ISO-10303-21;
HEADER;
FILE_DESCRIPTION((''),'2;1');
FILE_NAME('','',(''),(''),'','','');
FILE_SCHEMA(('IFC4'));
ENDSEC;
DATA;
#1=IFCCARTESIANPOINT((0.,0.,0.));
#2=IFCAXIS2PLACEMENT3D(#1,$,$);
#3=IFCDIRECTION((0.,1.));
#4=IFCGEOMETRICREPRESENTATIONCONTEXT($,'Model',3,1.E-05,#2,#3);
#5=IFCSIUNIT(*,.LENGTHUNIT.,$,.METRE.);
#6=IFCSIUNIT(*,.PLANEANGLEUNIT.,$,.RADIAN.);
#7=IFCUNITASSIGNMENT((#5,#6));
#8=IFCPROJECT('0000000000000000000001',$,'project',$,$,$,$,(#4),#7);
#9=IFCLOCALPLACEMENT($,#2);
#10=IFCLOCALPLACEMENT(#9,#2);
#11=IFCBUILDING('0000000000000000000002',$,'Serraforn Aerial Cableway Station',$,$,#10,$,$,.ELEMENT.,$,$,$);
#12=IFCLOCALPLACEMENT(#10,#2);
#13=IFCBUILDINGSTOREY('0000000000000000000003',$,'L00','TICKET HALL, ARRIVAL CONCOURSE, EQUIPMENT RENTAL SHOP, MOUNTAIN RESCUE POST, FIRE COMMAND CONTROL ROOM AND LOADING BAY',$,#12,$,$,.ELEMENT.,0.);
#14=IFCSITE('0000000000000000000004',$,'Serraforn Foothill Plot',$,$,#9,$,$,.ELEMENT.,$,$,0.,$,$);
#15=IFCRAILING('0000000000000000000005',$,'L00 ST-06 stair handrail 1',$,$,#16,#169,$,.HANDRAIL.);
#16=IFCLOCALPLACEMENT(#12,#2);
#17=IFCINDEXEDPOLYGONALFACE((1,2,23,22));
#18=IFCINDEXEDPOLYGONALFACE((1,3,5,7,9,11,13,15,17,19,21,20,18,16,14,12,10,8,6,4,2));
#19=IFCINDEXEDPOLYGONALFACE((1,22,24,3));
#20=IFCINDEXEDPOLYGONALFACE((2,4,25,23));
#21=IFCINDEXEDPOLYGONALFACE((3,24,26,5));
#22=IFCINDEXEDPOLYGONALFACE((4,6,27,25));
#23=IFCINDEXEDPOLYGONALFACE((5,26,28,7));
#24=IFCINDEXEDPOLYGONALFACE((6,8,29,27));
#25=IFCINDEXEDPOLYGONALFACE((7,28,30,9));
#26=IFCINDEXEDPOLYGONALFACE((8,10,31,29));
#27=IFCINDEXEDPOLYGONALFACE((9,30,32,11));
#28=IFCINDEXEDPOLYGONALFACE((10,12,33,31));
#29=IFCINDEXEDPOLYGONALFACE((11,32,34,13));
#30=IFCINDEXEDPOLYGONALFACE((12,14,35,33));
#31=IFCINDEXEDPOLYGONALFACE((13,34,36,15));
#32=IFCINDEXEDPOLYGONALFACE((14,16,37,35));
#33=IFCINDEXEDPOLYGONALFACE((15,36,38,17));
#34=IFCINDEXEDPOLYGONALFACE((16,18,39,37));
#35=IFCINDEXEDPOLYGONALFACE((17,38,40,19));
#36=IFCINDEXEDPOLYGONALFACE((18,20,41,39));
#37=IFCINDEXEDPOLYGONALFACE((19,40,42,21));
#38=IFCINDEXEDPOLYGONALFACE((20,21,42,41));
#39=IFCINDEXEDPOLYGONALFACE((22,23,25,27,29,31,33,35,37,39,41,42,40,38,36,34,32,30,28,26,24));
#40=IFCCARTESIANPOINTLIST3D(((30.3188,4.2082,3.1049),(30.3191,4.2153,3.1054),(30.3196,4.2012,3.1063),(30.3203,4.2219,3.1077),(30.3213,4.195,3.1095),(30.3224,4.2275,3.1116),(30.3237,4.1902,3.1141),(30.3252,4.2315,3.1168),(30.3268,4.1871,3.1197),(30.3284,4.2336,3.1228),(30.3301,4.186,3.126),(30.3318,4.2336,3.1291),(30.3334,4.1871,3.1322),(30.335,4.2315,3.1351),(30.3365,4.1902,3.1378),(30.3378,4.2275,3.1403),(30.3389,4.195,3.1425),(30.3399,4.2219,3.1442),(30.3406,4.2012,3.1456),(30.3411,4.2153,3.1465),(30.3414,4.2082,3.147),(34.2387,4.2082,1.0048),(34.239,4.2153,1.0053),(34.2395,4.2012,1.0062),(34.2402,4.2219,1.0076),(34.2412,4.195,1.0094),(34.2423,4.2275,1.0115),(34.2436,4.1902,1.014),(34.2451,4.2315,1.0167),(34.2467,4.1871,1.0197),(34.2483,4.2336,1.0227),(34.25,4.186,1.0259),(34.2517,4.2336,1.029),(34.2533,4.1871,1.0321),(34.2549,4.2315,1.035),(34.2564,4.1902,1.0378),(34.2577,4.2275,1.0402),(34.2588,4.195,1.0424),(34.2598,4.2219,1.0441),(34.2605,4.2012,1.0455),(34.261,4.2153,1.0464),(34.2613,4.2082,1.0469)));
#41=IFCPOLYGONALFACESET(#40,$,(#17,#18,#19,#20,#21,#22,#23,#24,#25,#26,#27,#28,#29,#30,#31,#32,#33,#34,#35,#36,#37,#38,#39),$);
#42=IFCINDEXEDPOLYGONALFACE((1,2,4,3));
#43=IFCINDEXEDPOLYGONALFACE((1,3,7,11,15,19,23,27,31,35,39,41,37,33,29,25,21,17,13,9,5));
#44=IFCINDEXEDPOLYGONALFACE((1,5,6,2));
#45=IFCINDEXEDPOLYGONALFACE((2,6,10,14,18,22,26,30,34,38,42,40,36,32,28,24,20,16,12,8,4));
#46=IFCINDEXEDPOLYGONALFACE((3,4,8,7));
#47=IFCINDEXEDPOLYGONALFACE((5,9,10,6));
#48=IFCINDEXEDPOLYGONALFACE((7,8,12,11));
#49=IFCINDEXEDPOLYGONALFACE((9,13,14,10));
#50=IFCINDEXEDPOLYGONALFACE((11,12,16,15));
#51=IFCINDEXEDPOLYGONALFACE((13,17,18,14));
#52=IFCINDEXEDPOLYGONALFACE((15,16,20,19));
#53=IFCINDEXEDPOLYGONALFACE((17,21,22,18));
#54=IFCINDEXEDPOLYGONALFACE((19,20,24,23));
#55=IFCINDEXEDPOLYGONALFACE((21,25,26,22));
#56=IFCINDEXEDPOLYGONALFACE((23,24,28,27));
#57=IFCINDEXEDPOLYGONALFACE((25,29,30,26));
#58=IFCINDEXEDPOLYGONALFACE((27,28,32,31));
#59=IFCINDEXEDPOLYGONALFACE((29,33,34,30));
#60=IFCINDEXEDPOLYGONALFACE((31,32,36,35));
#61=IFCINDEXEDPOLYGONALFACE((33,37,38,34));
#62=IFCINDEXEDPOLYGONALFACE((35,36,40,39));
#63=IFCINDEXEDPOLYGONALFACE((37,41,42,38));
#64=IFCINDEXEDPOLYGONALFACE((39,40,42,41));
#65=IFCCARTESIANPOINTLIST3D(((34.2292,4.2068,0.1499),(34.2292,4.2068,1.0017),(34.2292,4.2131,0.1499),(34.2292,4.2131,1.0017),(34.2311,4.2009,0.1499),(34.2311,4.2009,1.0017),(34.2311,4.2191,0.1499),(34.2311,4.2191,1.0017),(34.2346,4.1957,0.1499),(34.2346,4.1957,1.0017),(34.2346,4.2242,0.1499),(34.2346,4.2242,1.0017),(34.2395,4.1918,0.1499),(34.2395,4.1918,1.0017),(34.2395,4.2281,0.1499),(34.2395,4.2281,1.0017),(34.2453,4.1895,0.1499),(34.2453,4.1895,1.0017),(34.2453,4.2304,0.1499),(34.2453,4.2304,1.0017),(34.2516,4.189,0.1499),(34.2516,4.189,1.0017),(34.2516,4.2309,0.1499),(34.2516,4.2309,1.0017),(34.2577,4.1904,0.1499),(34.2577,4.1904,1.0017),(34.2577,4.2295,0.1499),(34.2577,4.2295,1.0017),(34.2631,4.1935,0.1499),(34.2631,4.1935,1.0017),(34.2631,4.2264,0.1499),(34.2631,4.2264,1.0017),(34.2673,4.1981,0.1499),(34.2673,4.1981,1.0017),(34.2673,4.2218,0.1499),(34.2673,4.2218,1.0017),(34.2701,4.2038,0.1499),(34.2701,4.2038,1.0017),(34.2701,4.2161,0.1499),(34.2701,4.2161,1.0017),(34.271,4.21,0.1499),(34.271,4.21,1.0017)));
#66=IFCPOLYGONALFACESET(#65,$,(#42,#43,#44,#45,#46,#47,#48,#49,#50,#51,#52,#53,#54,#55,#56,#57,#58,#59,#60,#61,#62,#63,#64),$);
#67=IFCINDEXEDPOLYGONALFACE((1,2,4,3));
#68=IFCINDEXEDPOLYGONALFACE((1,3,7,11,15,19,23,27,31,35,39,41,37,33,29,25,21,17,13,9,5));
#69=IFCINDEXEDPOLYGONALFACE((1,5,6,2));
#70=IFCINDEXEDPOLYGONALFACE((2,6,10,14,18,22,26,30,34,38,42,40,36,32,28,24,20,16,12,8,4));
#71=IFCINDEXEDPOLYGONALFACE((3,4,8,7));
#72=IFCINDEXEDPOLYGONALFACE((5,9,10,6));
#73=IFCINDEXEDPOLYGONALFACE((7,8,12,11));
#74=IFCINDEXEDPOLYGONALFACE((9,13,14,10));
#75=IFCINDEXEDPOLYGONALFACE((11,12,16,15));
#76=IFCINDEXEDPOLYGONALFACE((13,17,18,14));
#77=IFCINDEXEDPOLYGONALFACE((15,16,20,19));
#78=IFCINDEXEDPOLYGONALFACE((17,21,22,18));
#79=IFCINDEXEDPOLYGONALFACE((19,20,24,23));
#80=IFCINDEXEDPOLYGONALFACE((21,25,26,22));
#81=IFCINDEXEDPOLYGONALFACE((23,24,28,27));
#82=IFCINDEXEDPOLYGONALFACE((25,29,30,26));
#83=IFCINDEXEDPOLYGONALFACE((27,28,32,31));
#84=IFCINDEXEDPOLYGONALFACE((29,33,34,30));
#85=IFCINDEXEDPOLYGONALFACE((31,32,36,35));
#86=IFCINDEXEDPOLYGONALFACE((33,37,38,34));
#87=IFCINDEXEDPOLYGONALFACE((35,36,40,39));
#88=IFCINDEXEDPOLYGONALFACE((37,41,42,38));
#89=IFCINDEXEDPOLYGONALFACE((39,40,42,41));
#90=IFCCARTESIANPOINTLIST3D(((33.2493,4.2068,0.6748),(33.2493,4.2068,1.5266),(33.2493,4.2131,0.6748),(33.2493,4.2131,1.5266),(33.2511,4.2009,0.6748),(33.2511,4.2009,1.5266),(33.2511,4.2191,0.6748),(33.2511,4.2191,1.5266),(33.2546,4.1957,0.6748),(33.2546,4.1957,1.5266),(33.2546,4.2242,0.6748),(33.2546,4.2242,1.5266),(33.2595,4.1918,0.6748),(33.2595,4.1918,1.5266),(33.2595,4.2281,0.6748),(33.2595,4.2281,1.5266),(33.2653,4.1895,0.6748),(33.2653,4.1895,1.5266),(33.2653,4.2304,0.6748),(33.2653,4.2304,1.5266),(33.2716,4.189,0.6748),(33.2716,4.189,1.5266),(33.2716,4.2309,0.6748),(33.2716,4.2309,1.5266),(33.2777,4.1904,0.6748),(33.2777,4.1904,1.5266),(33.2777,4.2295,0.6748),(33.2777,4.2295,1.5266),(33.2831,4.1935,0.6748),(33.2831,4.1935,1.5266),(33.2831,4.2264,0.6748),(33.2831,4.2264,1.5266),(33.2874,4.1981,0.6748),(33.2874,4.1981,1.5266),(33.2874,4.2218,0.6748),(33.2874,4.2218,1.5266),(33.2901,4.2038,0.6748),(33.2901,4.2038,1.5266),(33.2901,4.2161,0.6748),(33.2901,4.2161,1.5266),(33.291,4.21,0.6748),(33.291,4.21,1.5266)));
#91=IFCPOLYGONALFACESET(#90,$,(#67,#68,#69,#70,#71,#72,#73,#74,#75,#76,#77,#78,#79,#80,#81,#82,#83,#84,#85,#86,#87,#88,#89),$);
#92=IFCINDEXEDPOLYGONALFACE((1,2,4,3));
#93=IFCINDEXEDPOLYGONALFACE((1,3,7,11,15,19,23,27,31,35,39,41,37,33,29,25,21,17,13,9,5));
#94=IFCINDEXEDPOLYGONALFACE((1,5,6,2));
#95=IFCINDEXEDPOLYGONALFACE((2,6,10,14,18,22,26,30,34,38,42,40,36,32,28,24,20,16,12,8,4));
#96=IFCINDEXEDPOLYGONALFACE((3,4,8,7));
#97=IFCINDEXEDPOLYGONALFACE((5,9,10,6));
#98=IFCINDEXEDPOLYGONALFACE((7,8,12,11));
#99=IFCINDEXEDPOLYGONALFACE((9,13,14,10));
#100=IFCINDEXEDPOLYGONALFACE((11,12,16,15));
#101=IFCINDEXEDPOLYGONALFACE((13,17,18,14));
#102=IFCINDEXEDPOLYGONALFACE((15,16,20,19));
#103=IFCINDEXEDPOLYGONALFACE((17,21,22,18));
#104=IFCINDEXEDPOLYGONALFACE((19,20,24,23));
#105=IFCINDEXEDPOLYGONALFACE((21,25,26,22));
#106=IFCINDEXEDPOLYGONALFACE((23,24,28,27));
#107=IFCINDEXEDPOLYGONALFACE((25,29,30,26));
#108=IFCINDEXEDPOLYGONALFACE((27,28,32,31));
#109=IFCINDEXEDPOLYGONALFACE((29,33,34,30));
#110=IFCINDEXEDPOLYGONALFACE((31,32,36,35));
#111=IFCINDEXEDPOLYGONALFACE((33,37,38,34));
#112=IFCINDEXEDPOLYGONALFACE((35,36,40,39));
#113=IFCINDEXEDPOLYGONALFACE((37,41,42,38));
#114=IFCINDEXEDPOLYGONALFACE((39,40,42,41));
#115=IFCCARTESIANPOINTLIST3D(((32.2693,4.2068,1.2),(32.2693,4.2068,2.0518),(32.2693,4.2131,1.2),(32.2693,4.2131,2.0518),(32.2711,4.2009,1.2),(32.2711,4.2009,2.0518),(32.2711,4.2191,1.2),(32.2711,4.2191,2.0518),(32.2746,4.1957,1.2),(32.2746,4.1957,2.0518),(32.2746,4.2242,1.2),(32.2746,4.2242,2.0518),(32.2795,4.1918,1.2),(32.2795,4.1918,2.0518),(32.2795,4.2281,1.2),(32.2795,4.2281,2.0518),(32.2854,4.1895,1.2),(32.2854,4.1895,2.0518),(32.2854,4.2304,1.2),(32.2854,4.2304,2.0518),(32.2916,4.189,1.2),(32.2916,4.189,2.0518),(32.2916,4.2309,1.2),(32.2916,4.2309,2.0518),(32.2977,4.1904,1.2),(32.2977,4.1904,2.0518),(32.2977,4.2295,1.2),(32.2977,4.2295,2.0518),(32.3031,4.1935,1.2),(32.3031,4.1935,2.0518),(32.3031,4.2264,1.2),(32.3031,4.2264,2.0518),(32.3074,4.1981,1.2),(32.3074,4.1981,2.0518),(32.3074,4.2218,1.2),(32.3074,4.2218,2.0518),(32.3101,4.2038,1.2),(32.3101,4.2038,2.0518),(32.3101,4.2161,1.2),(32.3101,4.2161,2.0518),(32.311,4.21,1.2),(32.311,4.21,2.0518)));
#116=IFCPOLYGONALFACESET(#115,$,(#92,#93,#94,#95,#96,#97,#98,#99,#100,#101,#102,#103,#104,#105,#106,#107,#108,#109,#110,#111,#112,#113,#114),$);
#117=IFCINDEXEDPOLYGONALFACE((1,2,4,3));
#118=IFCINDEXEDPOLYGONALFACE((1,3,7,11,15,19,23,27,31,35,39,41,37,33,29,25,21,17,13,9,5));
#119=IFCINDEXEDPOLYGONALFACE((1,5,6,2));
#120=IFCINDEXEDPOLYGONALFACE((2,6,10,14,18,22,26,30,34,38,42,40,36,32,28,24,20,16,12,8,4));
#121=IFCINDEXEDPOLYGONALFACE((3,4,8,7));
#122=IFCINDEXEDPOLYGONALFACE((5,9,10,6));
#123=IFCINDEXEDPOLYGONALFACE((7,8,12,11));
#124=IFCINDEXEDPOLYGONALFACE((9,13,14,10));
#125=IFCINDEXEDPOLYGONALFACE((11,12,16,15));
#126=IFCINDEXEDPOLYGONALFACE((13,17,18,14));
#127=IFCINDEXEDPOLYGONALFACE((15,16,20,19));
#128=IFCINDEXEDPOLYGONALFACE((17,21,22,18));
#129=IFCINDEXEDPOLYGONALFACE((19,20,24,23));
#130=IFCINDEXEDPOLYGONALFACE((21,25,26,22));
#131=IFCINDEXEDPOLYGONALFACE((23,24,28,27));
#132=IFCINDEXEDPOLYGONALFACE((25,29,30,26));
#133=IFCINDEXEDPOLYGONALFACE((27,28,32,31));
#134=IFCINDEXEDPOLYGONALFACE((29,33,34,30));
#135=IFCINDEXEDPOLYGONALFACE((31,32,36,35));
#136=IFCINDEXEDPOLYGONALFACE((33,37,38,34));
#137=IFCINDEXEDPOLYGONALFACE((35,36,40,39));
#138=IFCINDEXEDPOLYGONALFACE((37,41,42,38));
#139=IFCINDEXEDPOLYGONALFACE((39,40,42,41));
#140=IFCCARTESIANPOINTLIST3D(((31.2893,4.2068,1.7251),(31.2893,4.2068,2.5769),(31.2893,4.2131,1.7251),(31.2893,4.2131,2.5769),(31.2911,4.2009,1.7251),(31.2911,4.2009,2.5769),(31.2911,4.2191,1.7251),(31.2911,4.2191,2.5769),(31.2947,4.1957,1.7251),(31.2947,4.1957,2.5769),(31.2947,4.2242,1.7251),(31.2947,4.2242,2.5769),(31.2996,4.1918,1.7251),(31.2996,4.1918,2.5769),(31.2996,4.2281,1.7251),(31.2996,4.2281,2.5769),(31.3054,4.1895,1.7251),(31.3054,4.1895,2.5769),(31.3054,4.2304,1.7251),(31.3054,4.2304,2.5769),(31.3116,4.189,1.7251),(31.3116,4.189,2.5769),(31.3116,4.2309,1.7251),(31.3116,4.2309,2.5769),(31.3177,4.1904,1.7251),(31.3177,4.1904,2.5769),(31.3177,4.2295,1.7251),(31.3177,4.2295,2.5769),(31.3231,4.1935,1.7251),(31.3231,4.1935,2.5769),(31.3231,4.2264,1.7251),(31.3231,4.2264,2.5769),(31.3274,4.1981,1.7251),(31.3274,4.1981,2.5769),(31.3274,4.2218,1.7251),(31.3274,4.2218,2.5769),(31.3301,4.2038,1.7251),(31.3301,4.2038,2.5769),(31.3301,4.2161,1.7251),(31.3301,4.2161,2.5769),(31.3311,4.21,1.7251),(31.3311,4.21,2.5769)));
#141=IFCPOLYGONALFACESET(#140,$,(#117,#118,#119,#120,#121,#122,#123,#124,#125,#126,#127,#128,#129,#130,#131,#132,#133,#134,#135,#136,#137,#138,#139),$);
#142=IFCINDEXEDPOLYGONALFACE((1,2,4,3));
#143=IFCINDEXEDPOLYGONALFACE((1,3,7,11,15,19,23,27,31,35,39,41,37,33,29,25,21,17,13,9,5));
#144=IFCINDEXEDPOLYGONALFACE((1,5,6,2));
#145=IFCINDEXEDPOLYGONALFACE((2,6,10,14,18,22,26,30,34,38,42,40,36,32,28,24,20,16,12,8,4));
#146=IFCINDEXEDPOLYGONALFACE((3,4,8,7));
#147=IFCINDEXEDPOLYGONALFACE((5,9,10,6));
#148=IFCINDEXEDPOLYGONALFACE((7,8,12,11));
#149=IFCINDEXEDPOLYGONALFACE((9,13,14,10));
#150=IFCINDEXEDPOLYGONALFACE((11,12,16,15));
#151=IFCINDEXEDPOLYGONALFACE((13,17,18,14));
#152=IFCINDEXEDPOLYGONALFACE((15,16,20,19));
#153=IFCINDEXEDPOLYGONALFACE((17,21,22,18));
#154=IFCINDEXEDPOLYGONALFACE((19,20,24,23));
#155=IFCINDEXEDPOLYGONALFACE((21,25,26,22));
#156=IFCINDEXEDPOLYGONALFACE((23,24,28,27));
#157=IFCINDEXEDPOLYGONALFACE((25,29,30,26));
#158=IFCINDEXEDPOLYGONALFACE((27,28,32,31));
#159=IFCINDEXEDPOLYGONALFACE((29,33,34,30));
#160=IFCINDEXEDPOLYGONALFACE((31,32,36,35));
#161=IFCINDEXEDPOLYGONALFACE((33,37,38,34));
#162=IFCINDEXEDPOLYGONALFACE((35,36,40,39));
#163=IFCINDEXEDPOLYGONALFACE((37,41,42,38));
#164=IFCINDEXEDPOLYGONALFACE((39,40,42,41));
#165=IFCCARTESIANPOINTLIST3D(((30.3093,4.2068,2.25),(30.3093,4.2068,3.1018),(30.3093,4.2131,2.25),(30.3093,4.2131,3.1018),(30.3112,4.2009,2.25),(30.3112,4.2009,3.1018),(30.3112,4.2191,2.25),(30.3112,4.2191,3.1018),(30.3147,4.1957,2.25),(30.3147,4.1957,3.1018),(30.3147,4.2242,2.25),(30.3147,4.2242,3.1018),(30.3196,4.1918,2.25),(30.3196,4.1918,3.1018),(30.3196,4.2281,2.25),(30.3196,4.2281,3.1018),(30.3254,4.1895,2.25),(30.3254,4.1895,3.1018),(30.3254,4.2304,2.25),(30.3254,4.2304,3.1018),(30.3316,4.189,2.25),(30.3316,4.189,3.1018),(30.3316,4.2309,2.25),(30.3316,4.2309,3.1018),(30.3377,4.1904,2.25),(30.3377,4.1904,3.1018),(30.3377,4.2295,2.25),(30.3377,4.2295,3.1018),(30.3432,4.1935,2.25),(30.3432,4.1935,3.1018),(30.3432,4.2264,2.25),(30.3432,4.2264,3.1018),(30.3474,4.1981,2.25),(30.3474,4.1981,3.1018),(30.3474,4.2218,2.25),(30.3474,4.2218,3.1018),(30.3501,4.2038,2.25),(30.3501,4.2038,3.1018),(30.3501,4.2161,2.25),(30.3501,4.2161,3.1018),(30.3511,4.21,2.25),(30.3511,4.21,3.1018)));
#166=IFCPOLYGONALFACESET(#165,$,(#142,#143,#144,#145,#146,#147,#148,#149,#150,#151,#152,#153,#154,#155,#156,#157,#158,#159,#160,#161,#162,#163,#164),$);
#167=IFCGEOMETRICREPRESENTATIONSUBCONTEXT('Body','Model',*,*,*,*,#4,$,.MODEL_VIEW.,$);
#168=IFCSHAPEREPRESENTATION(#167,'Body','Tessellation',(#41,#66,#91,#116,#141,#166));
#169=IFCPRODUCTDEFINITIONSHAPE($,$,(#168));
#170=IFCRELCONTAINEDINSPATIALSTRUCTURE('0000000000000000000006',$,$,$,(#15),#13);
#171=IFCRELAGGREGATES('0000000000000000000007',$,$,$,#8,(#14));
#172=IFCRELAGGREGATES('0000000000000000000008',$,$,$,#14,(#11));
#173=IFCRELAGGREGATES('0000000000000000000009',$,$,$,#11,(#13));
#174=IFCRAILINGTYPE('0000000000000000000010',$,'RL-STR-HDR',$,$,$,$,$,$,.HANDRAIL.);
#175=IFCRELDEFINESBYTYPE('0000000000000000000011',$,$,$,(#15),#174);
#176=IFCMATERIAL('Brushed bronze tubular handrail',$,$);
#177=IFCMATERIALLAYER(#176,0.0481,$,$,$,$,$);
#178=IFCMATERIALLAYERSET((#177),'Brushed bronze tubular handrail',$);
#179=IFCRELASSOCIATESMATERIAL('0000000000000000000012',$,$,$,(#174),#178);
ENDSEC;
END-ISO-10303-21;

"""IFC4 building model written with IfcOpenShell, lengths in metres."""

from ifc_helpers import new_model, si_unit, direction, frame, origin, origin_2d, place, context, subcontext, project, spatial, circle, extrude, material, layer, layer_set, type_object, element, save


model = new_model("IFC4")

# Units and contexts
model_context = context("Model", 3, precision=1e-05, world=origin(), true_north=direction((0.0, 1.0)))
body_context = subcontext(model_context, "Body", "Model", "MODEL_VIEW")
ifc_project = project(units=[si_unit("LENGTHUNIT", "METRE"), si_unit("PLANEANGLEUNIT", "RADIAN")], contexts=[model_context])

# Site, building, storey
site_placement = place(None, origin())
site = spatial("IfcSite", under=ifc_project, at=site_placement, Name="Serraforn Foothill Plot", CompositionType="ELEMENT", RefElevation=0.0)
building_placement = place(site_placement, origin())
building = spatial("IfcBuilding", under=site, at=building_placement, Name="Serraforn Aerial Cableway Station", CompositionType="ELEMENT")
storey_placement = place(building_placement, origin())
storey = spatial("IfcBuildingStorey", under=building, at=storey_placement, Name="L00", Description="TICKET HALL, ARRIVAL CONCOURSE, EQUIPMENT RENTAL SHOP, MOUNTAIN RESCUE POST, FIRE COMMAND CONTROL ROOM AND LOADING BAY", CompositionType="ELEMENT", Elevation=0.0)

# Railing
ifc_material_1 = material(Name="Brushed bronze tubular handrail")
ifc_layer_1 = layer(ifc_material_1, 0.0481)
ifc_layer_set_1 = layer_set([ifc_layer_1], Name="Brushed bronze tubular handrail")
railing_type_1 = type_object("IfcRailingType", Name="RL-STR-HDR", PredefinedType="HANDRAIL", material=ifc_layer_set_1)
railing_1_placement = place(storey_placement, frame((34.25, 4.21, 0.1499)))
element("IfcRailing", 1, at=railing_1_placement, inside=storey, type_object=railing_type_1, Name="L00 ST-06 stair handrail 1", PredefinedType="HANDRAIL", context=body_context, shape_type="SweptSolid", body=[
    extrude(circle(Radius=0.0239, at=origin_2d()), frame((0.0, 0.0, 0.876), z_axis=(-0.881467, 0.0, 0.472246), x_axis=(0.0, -1.0, 0.0)), (0.0, 0.0, 1.0), 4.447),
    extrude(circle(Radius=0.021, at=origin_2d()), origin(), (0.0, 0.0, 1.0), 0.8518),
    extrude(circle(Radius=0.021, at=origin_2d()), frame((-0.98, 0.0, 0.5249)), (0.0, 0.0, 1.0), 0.8518),
    extrude(circle(Radius=0.021, at=origin_2d()), frame((-1.96, 0.0, 1.05)), (0.0, 0.0, 1.0), 0.8518),
    extrude(circle(Radius=0.021, at=origin_2d()), frame((-2.9399, 0.0, 1.5752)), (0.0, 0.0, 1.0), 0.8518),
    extrude(circle(Radius=0.021, at=origin_2d()), frame((-3.9199, 0.0, 2.1001)), (0.0, 0.0, 1.0), 0.8518),
])

save(model, "model.ifc")
